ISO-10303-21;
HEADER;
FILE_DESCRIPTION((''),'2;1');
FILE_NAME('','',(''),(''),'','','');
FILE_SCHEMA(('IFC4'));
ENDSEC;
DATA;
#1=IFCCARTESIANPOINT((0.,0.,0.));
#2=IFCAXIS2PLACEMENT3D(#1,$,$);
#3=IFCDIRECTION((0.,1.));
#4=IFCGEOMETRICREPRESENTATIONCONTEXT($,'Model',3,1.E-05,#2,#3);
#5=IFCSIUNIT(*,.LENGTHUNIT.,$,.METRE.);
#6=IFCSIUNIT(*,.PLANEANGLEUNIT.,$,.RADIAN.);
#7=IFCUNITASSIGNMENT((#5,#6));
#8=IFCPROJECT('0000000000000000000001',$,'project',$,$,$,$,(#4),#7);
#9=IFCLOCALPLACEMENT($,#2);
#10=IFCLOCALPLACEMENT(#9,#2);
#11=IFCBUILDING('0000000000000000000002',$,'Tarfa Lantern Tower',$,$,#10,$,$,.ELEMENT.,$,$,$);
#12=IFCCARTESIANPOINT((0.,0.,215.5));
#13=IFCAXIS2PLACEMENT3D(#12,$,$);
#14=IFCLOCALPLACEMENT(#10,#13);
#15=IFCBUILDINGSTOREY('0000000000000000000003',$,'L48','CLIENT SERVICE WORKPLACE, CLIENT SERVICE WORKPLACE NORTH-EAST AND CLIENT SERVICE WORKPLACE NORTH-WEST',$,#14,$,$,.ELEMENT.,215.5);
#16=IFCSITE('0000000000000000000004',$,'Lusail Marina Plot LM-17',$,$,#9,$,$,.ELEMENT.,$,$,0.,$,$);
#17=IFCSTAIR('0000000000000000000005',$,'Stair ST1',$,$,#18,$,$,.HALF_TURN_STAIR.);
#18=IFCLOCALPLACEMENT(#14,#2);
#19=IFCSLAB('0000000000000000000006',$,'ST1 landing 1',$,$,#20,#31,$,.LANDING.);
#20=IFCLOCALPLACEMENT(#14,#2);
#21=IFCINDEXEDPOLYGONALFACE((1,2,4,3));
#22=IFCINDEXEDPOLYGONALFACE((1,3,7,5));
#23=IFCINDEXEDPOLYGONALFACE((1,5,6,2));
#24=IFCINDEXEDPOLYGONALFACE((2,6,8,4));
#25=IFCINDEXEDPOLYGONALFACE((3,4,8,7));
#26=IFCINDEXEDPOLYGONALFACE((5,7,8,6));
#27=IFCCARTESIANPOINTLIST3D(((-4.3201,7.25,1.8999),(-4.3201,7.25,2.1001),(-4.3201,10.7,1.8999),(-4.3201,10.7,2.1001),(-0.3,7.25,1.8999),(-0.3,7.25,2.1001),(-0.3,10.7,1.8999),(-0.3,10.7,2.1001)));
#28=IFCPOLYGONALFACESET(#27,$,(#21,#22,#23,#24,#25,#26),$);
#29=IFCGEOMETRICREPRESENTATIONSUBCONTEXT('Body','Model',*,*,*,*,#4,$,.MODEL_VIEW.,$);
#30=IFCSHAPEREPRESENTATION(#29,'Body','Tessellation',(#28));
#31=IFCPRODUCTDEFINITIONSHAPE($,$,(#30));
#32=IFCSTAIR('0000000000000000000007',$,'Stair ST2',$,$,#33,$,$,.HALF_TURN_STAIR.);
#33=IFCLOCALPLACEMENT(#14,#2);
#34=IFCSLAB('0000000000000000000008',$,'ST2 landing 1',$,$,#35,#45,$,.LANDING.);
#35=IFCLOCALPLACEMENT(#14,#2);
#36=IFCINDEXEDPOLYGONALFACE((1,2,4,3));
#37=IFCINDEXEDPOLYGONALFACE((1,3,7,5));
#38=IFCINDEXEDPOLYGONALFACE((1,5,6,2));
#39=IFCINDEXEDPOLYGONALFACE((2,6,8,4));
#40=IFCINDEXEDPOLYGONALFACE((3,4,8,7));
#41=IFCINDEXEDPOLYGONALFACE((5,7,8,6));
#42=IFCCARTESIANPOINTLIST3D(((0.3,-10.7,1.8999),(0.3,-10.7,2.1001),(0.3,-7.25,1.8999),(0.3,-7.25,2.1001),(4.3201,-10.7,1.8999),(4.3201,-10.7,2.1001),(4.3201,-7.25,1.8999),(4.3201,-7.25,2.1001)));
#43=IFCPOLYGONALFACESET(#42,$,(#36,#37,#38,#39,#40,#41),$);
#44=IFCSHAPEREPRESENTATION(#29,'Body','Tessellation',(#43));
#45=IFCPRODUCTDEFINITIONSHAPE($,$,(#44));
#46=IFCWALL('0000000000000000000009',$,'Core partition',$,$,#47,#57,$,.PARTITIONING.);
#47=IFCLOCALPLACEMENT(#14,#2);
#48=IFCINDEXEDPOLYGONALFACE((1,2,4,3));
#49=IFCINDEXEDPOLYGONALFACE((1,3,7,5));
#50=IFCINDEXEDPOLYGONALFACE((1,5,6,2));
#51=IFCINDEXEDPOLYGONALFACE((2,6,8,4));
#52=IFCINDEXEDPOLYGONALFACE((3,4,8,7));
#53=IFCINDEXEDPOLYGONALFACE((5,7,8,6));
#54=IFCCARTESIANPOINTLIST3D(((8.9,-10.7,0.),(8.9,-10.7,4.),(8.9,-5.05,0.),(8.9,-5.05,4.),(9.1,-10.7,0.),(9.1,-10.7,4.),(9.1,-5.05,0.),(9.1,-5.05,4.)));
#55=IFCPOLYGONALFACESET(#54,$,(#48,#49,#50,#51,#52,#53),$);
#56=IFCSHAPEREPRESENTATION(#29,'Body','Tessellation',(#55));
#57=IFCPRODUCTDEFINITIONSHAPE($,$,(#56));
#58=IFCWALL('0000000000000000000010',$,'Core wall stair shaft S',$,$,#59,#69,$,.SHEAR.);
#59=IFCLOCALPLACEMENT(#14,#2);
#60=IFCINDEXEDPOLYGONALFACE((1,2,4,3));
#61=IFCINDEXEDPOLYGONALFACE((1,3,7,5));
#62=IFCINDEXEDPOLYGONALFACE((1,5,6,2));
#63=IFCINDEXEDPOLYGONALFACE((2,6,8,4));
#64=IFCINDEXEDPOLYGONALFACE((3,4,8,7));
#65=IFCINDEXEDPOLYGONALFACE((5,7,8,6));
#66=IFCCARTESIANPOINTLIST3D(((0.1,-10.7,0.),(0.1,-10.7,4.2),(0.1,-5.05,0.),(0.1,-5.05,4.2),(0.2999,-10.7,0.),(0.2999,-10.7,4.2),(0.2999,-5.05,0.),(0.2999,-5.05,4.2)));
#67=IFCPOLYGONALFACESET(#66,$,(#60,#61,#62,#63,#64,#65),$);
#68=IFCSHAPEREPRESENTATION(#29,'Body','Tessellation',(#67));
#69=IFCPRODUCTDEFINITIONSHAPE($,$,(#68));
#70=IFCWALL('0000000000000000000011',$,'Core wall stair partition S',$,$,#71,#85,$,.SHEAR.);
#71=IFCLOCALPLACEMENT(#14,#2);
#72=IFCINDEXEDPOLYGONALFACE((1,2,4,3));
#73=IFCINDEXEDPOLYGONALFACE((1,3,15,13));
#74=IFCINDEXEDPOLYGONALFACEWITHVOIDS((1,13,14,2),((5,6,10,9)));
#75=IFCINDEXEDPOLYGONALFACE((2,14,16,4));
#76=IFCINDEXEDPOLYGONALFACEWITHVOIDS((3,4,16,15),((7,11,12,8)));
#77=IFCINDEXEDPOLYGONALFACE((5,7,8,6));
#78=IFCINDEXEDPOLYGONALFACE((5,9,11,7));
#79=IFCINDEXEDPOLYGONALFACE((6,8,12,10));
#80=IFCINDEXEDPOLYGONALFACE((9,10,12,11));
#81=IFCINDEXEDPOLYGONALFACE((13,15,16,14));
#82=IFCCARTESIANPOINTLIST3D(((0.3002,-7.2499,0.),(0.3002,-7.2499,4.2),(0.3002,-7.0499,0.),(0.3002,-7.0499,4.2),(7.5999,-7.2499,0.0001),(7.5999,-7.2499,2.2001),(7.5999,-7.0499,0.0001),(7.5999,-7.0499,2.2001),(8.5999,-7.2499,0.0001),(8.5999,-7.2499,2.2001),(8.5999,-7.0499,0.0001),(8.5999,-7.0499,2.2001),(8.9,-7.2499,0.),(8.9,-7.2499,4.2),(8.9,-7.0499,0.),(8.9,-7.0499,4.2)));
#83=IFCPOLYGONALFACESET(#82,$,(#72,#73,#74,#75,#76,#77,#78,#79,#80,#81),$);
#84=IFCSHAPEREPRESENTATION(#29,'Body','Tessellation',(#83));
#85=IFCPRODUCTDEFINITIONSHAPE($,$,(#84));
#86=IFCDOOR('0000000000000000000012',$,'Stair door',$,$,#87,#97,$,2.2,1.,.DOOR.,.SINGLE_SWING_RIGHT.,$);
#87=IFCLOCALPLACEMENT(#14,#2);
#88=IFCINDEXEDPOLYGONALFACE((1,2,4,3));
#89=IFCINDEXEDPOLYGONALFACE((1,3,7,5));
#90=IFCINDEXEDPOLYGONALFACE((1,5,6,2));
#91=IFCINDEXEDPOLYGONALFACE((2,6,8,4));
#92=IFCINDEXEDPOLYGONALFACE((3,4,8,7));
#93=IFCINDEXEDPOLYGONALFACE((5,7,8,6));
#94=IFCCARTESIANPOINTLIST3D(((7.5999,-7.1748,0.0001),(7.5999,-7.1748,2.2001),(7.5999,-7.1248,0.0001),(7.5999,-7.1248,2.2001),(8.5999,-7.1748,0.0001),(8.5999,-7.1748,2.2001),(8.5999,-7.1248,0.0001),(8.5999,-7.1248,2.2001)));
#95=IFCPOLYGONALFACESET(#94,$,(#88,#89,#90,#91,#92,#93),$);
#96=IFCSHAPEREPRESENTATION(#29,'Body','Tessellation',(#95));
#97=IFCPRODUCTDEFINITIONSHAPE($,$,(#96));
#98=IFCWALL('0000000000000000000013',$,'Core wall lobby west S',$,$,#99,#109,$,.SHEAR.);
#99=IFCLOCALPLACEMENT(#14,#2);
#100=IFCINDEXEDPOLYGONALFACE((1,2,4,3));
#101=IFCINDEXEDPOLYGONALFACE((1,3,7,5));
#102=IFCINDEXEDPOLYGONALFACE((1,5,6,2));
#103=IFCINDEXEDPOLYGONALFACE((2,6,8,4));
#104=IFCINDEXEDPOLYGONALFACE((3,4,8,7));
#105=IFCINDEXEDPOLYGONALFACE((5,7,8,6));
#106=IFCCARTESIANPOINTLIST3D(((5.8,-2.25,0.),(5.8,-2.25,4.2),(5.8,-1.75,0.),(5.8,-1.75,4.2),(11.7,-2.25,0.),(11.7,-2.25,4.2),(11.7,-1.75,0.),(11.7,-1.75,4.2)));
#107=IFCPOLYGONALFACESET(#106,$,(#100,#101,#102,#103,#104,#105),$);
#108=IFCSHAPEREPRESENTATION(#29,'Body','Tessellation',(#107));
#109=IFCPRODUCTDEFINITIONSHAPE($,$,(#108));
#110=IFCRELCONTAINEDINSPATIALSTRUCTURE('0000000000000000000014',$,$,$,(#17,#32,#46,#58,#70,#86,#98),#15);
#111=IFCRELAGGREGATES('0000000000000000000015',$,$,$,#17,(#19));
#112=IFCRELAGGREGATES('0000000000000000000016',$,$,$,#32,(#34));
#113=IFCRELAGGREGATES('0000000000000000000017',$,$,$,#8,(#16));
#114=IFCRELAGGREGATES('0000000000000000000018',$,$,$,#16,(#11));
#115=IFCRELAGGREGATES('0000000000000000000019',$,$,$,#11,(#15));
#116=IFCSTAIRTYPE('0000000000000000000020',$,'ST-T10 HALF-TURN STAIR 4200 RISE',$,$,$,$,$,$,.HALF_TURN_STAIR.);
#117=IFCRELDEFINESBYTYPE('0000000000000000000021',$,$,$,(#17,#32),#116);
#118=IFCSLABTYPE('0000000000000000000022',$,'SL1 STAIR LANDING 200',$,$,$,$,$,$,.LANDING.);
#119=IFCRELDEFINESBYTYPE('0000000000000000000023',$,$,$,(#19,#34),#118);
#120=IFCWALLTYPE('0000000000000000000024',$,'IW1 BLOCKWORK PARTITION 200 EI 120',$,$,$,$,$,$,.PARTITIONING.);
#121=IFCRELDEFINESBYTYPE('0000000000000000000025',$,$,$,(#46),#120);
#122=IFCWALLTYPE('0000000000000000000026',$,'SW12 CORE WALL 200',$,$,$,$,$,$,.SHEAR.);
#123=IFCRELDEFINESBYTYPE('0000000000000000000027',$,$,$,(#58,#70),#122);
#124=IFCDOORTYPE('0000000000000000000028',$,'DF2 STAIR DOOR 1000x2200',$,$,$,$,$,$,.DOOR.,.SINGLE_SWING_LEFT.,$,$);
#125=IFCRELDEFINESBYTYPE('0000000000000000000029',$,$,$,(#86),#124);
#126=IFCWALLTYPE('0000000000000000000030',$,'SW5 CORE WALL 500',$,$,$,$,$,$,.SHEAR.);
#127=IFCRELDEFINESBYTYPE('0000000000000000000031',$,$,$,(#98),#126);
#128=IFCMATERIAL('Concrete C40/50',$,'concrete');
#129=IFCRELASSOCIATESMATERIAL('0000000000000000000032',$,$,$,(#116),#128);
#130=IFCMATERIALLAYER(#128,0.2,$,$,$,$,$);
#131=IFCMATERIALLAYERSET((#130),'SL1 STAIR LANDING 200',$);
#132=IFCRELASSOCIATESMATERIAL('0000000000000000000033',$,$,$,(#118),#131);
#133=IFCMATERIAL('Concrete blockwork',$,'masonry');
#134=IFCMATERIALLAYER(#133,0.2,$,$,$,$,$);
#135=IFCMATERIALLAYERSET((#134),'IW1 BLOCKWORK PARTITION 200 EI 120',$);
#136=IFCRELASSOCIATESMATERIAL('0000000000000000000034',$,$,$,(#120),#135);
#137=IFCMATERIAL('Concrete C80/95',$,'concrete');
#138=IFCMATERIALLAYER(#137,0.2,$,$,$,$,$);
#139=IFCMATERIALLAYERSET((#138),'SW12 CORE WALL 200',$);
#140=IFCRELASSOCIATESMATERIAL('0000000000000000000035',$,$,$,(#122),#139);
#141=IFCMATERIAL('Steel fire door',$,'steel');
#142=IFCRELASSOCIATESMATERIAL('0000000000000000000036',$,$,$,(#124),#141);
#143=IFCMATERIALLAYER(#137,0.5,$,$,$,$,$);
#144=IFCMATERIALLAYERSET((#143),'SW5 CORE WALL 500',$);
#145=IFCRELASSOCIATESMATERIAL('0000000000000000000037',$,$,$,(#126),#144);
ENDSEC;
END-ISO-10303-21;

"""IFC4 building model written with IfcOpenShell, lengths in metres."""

from ifc_helpers import new_model, si_unit, direction, frame, frame_2d, origin, place, context, subcontext, project, spatial, polyline, rectangle, outline, extrude, material, layer, layer_set, type_object, element, fill, aggregate, save


model = new_model("IFC4")

# Units and contexts
model_context = context("Model", 3, precision=1e-05, world=origin(), true_north=direction((0.0, 1.0)))
body_context = subcontext(model_context, "Body", "Model", "MODEL_VIEW")
ifc_project = project(units=[si_unit("LENGTHUNIT", "METRE"), si_unit("PLANEANGLEUNIT", "RADIAN")], contexts=[model_context])

# Site, building, storey
site_placement = place(None, origin())
site = spatial("IfcSite", under=ifc_project, at=site_placement, Name="Lusail Marina Plot LM-17", CompositionType="ELEMENT", RefElevation=0.0)
building_placement = place(site_placement, origin())
building = spatial("IfcBuilding", under=site, at=building_placement, Name="Tarfa Lantern Tower", CompositionType="ELEMENT")
storey_placement = place(building_placement, frame((0.0, 0.0, 215.5)))
storey = spatial("IfcBuildingStorey", under=building, at=storey_placement, Name="L48", Description="CLIENT SERVICE WORKPLACE, CLIENT SERVICE WORKPLACE NORTH-EAST AND CLIENT SERVICE WORKPLACE NORTH-WEST", CompositionType="ELEMENT", Elevation=215.5)

# Stairs, slabs
ifc_material_1 = material(Name="Concrete C40/50", Category="concrete")
stair_type = type_object("IfcStairType", Name="ST-T10 HALF-TURN STAIR 4200 RISE", PredefinedType="HALF_TURN_STAIR", material=ifc_material_1)
stair_1_placement = place(storey_placement, origin())
stair_1 = element("IfcStair", 1, at=stair_1_placement, inside=storey, type_object=stair_type, Name="Stair ST1", PredefinedType="HALF_TURN_STAIR")
ifc_layer_1 = layer(ifc_material_1, 0.2)
ifc_layer_set_1 = layer_set([ifc_layer_1], Name="SL1 STAIR LANDING 200")
slab_type = type_object("IfcSlabType", Name="SL1 STAIR LANDING 200", PredefinedType="LANDING", material=ifc_layer_set_1)
slab_1_placement = place(storey_placement, frame((0.0, 0.0, 1.8999)))
slab_1 = element("IfcSlab", 2, at=slab_1_placement, type_object=slab_type, Name="ST1 landing 1", PredefinedType="LANDING", context=body_context, shape_type="SweptSolid", body=[
    extrude(outline(polyline([(-4.3201, 7.25), (-0.3, 7.25), (-0.3, 10.7), (-4.3201, 10.7), (-4.3201, 7.25)])), origin(), (0.0, 0.0, 1.0), 0.2002),
])
aggregate(stair_1, [slab_1])
stair_2_placement = place(storey_placement, origin())
stair_2 = element("IfcStair", 3, at=stair_2_placement, inside=storey, type_object=stair_type, Name="Stair ST2", PredefinedType="HALF_TURN_STAIR")
slab_2_placement = place(storey_placement, frame((0.0, 0.0, 1.8999)))
slab_2 = element("IfcSlab", 4, at=slab_2_placement, type_object=slab_type, Name="ST2 landing 1", PredefinedType="LANDING", context=body_context, shape_type="SweptSolid", body=[
    extrude(outline(polyline([(4.3201, -7.25), (0.3, -7.25), (0.3, -10.7), (4.3201, -10.7), (4.3201, -7.25)])), origin(), (0.0, 0.0, 1.0), 0.2002),
])
aggregate(stair_2, [slab_2])

# Walls
ifc_material_2 = material(Name="Concrete blockwork", Category="masonry")
ifc_layer_2 = layer(ifc_material_2, 0.2)
ifc_layer_set_2 = layer_set([ifc_layer_2], Name="IW1 BLOCKWORK PARTITION 200 EI 120")
wall_type_1 = type_object("IfcWallType", Name="IW1 BLOCKWORK PARTITION 200 EI 120", PredefinedType="PARTITIONING", material=ifc_layer_set_2)
wall_1_placement = place(storey_placement, frame((9.0, -5.05, 0.0), z_axis=(0.0, 0.0, 1.0), x_axis=(0.0, -1.0, 0.0)))
element("IfcWall", 5, at=wall_1_placement, inside=storey, type_object=wall_type_1, Name="Core partition", PredefinedType="PARTITIONING", context=body_context, shape_type="SweptSolid", body=[
    extrude(rectangle(XDim=5.6499, YDim=0.2, at=frame_2d((2.825, 0.0))), origin(), (0.0, 0.0, 1.0), 4.0),
])
ifc_material_3 = material(Name="Concrete C80/95", Category="concrete")
ifc_layer_3 = layer(ifc_material_3, 0.2)
ifc_layer_set_3 = layer_set([ifc_layer_3], Name="SW12 CORE WALL 200")
wall_type_2 = type_object("IfcWallType", Name="SW12 CORE WALL 200", PredefinedType="SHEAR", material=ifc_layer_set_3)
wall_2_placement = place(storey_placement, frame((0.2, -5.05, 0.0), z_axis=(0.0, 0.0, 1.0), x_axis=(0.0, -1.0, 0.0)))
element("IfcWall", 6, at=wall_2_placement, inside=storey, type_object=wall_type_2, Name="Core wall stair shaft S", PredefinedType="SHEAR", context=body_context, shape_type="SweptSolid", body=[
    extrude(rectangle(XDim=5.6499, YDim=0.2, at=frame_2d((2.825, 0.0))), origin(), (0.0, 0.0, 1.0), 4.2),
])

# Wall, opening, door
wall_3_placement = place(storey_placement, frame((8.8999, -7.1499, 0.0), z_axis=(0.0, 0.0, 1.0), x_axis=(-1.0, 0.0, 0.0)))
wall_3 = element("IfcWall", 7, at=wall_3_placement, inside=storey, type_object=wall_type_2, Name="Core wall stair partition S", PredefinedType="SHEAR", context=body_context, shape_type="SweptSolid", body=[
    extrude(rectangle(XDim=8.5999, YDim=0.2, at=frame_2d((4.2998, 0.0))), origin(), (0.0, 0.0, 1.0), 4.2),
])
opening_1_placement = place(wall_3_placement, frame((0.3, 0.0, 0.0)))
opening_1 = element("IfcOpeningElement", 8, at=opening_1_placement, cuts=wall_3, PredefinedType="OPENING", context=body_context, shape_type="SweptSolid", body=[
    extrude(rectangle(XDim=1.0, YDim=2.2, at=frame_2d((0.5, 1.1001))), frame((0.0, 0.1099, 0.0), z_axis=(0.0, -1.0, 0.0), x_axis=(1.0, 0.0, 0.0)), (0.0, 0.0, 1.0), 0.22),
])
ifc_material_4 = material(Name="Steel fire door", Category="steel")
door_type_1 = type_object("IfcDoorType", Name="DF2 STAIR DOOR 1000x2200", OperationType="SINGLE_SWING_LEFT", PredefinedType="DOOR", material=ifc_material_4)
door_1_placement = place(opening_1_placement, origin())
door_1 = element("IfcDoor", 9, at=door_1_placement, inside=storey, type_object=door_type_1, Name="Stair door", OperationType="SINGLE_SWING_RIGHT", OverallHeight=2.2, OverallWidth=1.0, PredefinedType="DOOR", context=body_context, shape_type="SweptSolid", body=[
    extrude(rectangle(XDim=1.0, YDim=2.2, at=frame_2d((0.5, 1.1001))), frame((0.0, 0.0249, 0.0), z_axis=(0.0, -1.0, 0.0), x_axis=(1.0, 0.0, 0.0)), (0.0, 0.0, 1.0), 0.05),
])
fill(opening_1, door_1)

# Wall
ifc_layer_4 = layer(ifc_material_3, 0.5)
ifc_layer_set_4 = layer_set([ifc_layer_4], Name="SW5 CORE WALL 500")
wall_type_3 = type_object("IfcWallType", Name="SW5 CORE WALL 500", PredefinedType="SHEAR", material=ifc_layer_set_4)
wall_4_placement = place(storey_placement, frame((11.7, -2.0, 0.0), z_axis=(0.0, 0.0, 1.0), x_axis=(-1.0, 0.0, 0.0)))
element("IfcWall", 10, at=wall_4_placement, inside=storey, type_object=wall_type_3, Name="Core wall lobby west S", PredefinedType="SHEAR", context=body_context, shape_type="SweptSolid", body=[
    extrude(rectangle(XDim=5.8999, YDim=0.5, at=frame_2d((2.95, 0.0))), origin(), (0.0, 0.0, 1.0), 4.2),
])

save(model, "model.ifc")
